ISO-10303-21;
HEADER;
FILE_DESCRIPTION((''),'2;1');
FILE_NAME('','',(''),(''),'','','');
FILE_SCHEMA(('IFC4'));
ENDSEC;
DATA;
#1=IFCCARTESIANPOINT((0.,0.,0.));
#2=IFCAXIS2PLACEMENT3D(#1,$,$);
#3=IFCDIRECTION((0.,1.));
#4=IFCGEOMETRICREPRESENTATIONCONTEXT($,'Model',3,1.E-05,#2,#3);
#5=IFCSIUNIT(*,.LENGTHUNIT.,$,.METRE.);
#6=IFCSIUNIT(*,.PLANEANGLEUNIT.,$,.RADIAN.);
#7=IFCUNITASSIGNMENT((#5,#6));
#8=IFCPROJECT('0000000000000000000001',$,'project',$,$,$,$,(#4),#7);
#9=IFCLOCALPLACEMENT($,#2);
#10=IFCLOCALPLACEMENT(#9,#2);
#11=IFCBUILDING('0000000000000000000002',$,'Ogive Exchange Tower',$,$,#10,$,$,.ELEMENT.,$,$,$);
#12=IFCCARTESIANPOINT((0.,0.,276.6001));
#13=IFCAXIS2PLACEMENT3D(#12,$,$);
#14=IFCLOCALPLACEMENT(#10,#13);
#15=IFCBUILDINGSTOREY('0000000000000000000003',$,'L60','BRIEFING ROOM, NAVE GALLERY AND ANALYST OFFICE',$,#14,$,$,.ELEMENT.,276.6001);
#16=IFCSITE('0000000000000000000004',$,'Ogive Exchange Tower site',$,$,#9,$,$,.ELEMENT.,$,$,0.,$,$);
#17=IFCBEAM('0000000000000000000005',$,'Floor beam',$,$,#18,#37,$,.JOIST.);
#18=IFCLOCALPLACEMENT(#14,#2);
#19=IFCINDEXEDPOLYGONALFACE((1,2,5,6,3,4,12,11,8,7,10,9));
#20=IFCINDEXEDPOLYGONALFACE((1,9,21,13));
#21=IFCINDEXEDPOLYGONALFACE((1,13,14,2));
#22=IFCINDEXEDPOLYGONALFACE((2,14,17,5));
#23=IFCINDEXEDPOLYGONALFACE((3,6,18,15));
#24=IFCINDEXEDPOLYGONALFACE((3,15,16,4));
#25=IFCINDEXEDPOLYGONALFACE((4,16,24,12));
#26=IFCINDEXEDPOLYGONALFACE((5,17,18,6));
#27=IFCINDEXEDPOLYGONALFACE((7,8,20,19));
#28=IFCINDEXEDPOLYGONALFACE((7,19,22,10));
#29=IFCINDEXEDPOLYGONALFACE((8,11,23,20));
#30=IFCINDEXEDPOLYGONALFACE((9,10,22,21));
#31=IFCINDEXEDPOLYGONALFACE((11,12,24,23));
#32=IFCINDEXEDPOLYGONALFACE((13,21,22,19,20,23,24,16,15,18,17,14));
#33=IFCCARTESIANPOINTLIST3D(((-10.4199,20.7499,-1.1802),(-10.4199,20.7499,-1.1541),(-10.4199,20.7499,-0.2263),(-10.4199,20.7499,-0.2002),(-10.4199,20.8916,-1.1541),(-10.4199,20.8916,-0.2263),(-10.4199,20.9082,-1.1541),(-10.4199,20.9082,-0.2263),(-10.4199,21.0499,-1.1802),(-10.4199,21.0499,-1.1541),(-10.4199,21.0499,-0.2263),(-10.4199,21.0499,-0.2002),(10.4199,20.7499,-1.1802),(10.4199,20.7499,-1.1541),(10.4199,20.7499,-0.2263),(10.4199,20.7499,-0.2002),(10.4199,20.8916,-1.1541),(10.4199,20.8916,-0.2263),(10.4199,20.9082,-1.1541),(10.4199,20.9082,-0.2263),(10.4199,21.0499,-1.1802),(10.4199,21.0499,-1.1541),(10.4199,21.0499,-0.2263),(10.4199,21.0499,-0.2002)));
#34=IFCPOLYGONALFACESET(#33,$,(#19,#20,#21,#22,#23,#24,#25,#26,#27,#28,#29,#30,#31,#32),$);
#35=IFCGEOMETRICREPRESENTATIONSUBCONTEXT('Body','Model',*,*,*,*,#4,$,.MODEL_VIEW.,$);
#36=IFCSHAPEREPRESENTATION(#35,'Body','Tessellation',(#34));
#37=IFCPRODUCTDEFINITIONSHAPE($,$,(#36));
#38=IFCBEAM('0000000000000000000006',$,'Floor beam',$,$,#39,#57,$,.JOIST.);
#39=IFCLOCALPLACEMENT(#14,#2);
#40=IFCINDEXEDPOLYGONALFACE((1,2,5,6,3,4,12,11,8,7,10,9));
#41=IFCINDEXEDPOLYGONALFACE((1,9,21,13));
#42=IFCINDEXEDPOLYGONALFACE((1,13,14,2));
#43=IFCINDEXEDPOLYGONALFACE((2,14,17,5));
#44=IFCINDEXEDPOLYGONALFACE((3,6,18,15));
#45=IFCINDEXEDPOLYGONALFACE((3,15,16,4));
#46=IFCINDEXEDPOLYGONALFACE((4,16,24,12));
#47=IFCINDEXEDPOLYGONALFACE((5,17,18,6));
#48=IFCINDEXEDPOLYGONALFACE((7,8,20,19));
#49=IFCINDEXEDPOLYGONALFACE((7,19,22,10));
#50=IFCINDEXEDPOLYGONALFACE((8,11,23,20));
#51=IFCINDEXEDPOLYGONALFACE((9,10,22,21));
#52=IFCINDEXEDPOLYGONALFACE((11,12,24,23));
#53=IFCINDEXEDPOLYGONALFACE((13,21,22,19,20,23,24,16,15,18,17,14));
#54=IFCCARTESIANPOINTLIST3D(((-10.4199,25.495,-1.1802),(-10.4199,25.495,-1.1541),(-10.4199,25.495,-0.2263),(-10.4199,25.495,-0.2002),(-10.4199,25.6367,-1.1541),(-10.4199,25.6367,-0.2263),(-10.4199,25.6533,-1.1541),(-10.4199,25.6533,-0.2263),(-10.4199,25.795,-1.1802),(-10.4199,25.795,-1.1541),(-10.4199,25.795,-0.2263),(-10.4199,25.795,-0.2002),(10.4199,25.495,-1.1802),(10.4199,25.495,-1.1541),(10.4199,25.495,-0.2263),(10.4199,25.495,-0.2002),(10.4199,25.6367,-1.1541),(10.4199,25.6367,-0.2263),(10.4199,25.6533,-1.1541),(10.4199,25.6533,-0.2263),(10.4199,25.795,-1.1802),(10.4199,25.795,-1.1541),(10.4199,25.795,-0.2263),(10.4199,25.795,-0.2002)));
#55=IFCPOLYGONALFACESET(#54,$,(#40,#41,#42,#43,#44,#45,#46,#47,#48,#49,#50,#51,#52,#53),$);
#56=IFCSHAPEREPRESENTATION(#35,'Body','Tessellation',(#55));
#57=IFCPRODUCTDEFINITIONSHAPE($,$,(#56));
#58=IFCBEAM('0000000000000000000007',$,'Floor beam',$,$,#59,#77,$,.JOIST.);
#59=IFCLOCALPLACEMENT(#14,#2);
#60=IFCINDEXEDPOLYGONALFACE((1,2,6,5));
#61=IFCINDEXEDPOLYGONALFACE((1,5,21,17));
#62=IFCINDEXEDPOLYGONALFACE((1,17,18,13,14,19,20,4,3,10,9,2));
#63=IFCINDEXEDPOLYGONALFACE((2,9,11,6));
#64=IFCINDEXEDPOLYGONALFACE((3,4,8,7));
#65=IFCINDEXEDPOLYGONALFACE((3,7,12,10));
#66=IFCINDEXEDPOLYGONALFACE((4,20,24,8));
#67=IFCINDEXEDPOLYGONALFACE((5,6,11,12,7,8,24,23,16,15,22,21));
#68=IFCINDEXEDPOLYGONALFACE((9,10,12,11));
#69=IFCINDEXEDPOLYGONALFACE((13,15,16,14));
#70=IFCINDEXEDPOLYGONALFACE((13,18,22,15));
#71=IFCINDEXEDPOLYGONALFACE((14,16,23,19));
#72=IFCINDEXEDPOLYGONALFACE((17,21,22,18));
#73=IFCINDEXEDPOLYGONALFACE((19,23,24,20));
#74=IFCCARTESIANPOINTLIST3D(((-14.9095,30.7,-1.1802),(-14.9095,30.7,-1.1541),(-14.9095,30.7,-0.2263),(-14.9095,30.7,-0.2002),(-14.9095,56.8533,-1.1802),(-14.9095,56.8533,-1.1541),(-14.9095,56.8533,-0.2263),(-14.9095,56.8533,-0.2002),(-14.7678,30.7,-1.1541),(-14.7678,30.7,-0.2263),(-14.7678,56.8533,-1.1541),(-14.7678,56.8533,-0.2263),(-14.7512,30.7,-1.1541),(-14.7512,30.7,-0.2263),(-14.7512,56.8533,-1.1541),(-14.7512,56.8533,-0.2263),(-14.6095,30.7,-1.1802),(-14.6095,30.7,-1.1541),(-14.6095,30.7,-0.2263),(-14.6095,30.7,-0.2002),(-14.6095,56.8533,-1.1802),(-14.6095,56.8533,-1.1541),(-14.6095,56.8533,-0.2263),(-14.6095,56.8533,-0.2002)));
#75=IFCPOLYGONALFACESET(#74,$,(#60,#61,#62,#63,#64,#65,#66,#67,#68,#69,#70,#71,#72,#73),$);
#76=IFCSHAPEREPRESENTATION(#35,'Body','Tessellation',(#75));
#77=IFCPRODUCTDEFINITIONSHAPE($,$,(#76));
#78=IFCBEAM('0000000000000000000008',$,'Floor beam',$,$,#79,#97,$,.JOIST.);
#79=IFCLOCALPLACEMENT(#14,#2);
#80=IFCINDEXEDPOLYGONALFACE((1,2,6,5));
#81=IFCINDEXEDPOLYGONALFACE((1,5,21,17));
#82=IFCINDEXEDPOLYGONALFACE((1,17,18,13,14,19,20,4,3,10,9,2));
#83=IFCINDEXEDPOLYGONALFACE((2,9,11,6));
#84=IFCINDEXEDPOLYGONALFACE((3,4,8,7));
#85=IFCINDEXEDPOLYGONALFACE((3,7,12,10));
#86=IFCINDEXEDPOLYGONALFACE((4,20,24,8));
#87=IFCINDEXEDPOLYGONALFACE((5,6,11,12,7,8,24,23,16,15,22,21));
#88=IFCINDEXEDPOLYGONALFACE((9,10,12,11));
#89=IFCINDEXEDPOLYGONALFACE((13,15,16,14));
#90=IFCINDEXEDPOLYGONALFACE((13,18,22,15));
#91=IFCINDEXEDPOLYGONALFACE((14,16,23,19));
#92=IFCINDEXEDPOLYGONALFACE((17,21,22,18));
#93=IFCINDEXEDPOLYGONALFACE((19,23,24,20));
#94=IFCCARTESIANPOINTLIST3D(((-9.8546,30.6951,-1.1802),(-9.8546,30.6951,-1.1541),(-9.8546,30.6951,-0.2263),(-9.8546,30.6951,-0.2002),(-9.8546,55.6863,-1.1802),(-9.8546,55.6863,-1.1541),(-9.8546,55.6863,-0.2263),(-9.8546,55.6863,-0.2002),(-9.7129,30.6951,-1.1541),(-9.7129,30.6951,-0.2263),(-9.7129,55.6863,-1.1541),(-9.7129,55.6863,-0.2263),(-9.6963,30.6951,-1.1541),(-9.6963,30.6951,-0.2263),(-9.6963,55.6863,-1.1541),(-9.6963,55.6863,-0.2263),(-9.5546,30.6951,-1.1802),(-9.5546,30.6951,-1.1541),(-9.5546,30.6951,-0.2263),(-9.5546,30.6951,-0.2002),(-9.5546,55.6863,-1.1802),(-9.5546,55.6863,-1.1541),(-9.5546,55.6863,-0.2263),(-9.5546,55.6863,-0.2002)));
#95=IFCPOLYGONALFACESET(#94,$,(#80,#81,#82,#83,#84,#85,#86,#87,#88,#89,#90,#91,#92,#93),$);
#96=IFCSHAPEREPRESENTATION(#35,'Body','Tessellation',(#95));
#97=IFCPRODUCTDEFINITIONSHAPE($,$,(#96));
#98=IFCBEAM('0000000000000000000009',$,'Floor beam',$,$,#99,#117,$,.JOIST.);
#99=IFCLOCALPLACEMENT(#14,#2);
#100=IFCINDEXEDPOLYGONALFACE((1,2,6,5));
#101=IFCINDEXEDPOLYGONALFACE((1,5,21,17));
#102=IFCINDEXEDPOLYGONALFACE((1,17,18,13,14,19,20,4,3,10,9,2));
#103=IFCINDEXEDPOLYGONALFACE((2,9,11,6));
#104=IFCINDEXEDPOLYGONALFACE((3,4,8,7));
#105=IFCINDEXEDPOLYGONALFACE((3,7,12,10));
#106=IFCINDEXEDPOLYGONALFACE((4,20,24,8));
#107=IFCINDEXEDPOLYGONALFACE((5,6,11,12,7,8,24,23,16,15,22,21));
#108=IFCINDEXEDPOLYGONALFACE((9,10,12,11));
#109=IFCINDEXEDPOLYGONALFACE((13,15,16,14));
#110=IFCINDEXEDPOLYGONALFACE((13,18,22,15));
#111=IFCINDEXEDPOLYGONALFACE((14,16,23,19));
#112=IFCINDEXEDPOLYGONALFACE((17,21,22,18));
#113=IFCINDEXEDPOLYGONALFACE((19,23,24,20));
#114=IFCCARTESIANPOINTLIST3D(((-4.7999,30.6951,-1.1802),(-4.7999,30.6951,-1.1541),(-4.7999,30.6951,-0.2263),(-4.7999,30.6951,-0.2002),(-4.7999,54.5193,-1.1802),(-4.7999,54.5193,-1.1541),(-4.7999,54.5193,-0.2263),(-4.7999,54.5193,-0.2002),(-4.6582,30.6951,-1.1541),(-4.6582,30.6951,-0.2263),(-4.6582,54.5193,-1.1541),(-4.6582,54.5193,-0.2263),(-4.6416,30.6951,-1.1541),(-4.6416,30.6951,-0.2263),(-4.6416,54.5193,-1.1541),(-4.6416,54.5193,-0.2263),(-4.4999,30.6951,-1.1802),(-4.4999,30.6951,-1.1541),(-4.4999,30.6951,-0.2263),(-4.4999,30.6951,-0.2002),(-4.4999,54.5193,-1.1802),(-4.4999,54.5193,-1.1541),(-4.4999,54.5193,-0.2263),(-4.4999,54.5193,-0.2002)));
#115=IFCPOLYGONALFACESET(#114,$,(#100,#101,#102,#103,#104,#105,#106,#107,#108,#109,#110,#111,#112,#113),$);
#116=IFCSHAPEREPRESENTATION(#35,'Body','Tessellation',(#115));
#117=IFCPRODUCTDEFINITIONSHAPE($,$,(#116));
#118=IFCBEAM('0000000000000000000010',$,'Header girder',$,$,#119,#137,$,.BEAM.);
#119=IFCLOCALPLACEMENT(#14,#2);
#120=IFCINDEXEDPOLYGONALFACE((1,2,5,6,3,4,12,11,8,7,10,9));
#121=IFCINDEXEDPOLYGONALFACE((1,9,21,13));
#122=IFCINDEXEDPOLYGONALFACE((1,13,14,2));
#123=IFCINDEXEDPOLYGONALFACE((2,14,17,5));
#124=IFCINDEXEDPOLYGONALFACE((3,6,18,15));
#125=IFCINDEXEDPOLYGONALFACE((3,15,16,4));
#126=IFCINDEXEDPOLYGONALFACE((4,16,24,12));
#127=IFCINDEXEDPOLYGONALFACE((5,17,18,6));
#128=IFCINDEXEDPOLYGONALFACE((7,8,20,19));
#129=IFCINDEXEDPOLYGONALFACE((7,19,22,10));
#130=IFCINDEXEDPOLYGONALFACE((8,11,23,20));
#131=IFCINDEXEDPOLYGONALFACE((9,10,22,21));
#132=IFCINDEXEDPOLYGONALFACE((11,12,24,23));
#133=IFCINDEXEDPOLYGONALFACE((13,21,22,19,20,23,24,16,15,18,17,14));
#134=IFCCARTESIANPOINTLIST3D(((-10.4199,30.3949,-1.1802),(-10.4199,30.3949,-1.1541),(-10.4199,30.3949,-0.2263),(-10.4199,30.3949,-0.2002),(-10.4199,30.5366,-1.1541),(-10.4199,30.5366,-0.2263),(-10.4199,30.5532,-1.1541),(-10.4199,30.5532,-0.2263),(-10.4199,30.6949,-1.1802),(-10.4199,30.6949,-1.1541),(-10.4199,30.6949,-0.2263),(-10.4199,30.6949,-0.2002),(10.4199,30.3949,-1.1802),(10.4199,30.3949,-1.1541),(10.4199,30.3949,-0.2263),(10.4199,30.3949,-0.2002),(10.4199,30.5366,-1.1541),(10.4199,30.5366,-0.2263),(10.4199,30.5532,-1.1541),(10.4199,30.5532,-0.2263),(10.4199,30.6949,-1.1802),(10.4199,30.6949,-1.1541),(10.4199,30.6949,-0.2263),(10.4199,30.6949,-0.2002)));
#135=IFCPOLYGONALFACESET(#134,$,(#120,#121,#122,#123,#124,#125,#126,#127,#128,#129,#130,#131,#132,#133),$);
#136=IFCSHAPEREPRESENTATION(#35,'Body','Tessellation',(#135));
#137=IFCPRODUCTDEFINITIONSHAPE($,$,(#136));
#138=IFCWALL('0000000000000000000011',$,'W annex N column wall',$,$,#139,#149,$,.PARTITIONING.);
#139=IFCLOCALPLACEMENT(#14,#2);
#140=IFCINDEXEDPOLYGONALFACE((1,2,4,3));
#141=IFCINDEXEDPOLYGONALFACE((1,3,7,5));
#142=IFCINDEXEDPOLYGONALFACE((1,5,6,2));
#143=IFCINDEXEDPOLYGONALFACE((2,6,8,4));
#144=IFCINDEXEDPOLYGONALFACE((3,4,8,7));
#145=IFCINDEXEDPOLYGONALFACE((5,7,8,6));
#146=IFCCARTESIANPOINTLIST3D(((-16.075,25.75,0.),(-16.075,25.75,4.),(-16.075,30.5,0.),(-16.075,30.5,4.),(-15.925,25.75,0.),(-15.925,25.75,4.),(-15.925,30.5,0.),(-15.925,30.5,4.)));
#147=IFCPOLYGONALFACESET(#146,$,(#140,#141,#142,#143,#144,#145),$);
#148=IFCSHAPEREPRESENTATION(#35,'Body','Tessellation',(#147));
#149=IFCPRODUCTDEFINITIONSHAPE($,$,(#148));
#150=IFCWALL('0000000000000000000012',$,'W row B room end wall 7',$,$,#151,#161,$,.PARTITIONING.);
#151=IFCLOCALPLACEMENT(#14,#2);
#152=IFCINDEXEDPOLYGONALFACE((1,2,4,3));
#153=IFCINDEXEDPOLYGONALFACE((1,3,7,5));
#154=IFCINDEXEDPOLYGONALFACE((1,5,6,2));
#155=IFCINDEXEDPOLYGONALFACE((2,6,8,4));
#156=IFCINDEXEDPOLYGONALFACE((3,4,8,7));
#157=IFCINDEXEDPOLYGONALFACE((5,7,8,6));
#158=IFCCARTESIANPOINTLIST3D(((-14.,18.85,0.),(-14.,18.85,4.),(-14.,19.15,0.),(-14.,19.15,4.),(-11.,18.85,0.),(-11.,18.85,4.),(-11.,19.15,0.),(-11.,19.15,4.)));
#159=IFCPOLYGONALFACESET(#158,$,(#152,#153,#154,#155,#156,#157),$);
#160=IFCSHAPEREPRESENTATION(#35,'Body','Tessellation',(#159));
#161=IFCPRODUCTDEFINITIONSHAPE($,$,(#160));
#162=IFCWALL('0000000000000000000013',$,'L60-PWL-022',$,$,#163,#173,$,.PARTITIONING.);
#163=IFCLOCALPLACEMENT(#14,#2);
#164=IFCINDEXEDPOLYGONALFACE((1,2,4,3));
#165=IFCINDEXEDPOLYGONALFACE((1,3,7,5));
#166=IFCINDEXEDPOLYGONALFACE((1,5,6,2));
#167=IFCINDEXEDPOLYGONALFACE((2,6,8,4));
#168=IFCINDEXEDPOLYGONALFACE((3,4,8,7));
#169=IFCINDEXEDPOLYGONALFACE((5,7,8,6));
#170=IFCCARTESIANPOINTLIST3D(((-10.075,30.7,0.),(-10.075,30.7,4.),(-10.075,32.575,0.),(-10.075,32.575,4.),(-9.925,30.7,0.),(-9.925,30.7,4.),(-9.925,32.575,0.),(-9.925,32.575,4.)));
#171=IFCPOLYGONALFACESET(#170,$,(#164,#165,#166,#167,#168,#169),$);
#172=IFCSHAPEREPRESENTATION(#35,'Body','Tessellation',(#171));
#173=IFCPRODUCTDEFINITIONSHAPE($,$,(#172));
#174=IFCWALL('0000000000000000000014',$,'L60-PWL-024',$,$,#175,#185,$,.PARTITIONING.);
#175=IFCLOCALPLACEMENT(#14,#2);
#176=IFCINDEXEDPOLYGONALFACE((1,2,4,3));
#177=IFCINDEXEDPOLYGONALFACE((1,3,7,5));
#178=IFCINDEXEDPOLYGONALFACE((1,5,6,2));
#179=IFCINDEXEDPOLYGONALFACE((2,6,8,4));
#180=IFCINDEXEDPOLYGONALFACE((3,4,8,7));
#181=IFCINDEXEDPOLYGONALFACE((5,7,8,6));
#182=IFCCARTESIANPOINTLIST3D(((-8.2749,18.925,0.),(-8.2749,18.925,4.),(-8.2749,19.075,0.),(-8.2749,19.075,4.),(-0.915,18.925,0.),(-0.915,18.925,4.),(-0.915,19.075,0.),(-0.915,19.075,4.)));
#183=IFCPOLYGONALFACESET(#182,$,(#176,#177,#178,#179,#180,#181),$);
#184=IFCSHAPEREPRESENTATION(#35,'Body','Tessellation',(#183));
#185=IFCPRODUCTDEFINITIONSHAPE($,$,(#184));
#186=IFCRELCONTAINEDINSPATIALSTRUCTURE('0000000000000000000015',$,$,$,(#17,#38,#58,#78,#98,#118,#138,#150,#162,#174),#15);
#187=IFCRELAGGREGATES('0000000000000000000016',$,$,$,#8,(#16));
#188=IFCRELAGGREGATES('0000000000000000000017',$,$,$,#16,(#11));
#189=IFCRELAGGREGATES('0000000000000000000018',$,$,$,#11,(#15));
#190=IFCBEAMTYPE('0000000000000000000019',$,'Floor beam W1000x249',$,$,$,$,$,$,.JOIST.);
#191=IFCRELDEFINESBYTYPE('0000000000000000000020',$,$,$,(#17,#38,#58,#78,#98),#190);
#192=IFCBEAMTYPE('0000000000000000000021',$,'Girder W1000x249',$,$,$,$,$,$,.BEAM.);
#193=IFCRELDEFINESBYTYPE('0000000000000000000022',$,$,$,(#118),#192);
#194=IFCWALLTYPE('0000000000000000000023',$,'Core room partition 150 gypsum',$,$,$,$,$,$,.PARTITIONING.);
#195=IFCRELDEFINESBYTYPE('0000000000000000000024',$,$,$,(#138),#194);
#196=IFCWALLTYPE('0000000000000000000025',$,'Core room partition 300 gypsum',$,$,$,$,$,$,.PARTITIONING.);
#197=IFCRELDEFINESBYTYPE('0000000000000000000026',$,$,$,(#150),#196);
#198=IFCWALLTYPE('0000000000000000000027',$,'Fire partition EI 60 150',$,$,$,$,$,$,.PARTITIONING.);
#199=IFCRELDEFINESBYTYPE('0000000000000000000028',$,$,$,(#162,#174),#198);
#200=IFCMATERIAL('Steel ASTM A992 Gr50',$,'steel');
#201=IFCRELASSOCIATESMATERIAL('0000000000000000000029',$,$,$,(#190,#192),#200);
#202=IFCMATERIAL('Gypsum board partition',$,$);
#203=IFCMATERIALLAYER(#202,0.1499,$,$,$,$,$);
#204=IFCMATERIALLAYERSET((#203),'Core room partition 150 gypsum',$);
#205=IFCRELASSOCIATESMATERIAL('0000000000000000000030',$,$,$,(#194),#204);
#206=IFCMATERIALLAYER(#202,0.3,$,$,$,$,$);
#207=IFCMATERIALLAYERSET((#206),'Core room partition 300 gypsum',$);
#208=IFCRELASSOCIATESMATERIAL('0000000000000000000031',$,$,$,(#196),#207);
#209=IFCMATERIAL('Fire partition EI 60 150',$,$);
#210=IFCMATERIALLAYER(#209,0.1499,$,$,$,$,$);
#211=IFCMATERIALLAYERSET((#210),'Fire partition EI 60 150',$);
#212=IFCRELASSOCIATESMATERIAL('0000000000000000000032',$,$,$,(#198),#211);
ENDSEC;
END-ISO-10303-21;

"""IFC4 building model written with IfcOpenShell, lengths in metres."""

from ifc_helpers import new_model, si_unit, direction, frame, frame_2d, origin, origin_2d, place, context, subcontext, project, spatial, rectangle, i_section, extrude, material, layer, layer_set, material_profile, profile_set, type_object, element, save


model = new_model("IFC4")

# Units and contexts
model_context = context("Model", 3, precision=1e-05, world=origin(), true_north=direction((0.0, 1.0)))
body_context = subcontext(model_context, "Body", "Model", "MODEL_VIEW")
ifc_project = project(units=[si_unit("LENGTHUNIT", "METRE"), si_unit("PLANEANGLEUNIT", "RADIAN")], contexts=[model_context])

# Site, building, storey
site_placement = place(None, origin())
site = spatial("IfcSite", under=ifc_project, at=site_placement, Name="Ogive Exchange Tower site", CompositionType="ELEMENT", RefElevation=0.0)
building_placement = place(site_placement, origin())
building = spatial("IfcBuilding", under=site, at=building_placement, Name="Ogive Exchange Tower", CompositionType="ELEMENT")
storey_placement = place(building_placement, frame((0.0, 0.0, 276.6001)))
storey = spatial("IfcBuildingStorey", under=building, at=storey_placement, Name="L60", Description="BRIEFING ROOM, NAVE GALLERY AND ANALYST OFFICE", CompositionType="ELEMENT", Elevation=276.6001)

# Beams
ifc_material_1 = material(Name="Steel ASTM A992 Gr50", Category="steel")
ifc_material_profile_1 = material_profile(ifc_material_1, i_section(OverallWidth=0.3, OverallDepth=0.98, WebThickness=0.0166, FlangeThickness=0.0261, at=origin_2d()), Name="W1000x249")
ifc_profile_set_1 = profile_set([ifc_material_profile_1], Name="Steel ASTM A992 Gr50")
beam_type_1 = type_object("IfcBeamType", Name="Floor beam W1000x249", PredefinedType="JOIST", material=ifc_profile_set_1)
for number, where, z_axis, x_axis, name in (
    (1, (-10.4199, 20.8999, -0.6902), (1.0, 0.0, 0.0), (0.0, 1.0, 0.0), "Floor beam"),
    (2, (-10.4199, 25.645, -0.6902), (1.0, 0.0, 0.0), (0.0, 1.0, 0.0), "Floor beam"),
):
    element("IfcBeam", number, at=place(storey_placement, frame(where, z_axis=z_axis, x_axis=x_axis)), inside=storey, type_object=beam_type_1, Name=name, PredefinedType="JOIST", context=body_context, shape_type="SweptSolid", body=[
        extrude(i_section(OverallWidth=0.3, OverallDepth=0.98, WebThickness=0.0166, FlangeThickness=0.0261, at=origin_2d()), origin(), (0.0, 0.0, 1.0), 20.8398),
    ])
beam_1_placement = place(storey_placement, frame((-14.7595, 30.7, -0.6902), z_axis=(0.0, 1.0, 0.0), x_axis=(-1.0, 0.0, 0.0)))
element("IfcBeam", 3, at=beam_1_placement, inside=storey, type_object=beam_type_1, Name="Floor beam", PredefinedType="JOIST", context=body_context, shape_type="SweptSolid", body=[
    extrude(i_section(OverallWidth=0.3, OverallDepth=0.98, WebThickness=0.0166, FlangeThickness=0.0261, at=origin_2d()), origin(), (0.0, 0.0, 1.0), 26.1533),
])
beam_2_placement = place(storey_placement, frame((-9.7046, 30.6951, -0.6902), z_axis=(0.0, 1.0, 0.0), x_axis=(-1.0, 0.0, 0.0)))
element("IfcBeam", 4, at=beam_2_placement, inside=storey, type_object=beam_type_1, Name="Floor beam", PredefinedType="JOIST", context=body_context, shape_type="SweptSolid", body=[
    extrude(i_section(OverallWidth=0.3, OverallDepth=0.98, WebThickness=0.0166, FlangeThickness=0.0261, at=origin_2d()), origin(), (0.0, 0.0, 1.0), 24.9912),
])
beam_3_placement = place(storey_placement, frame((-4.6499, 30.6951, -0.6902), z_axis=(0.0, 1.0, 0.0), x_axis=(-1.0, 0.0, 0.0)))
element("IfcBeam", 5, at=beam_3_placement, inside=storey, type_object=beam_type_1, Name="Floor beam", PredefinedType="JOIST", context=body_context, shape_type="SweptSolid", body=[
    extrude(i_section(OverallWidth=0.3, OverallDepth=0.98, WebThickness=0.0166, FlangeThickness=0.0261, at=origin_2d()), origin(), (0.0, 0.0, 1.0), 23.8242),
])
ifc_material_profile_2 = material_profile(ifc_material_1, i_section(OverallWidth=0.3, OverallDepth=0.98, WebThickness=0.0166, FlangeThickness=0.0261, at=origin_2d()), Name="W1000x249")
ifc_profile_set_2 = profile_set([ifc_material_profile_2], Name="Steel ASTM A992 Gr50")
beam_type_2 = type_object("IfcBeamType", Name="Girder W1000x249", PredefinedType="BEAM", material=ifc_profile_set_2)
beam_4_placement = place(storey_placement, frame((-10.4199, 30.5449, -0.6902), z_axis=(1.0, 0.0, 0.0), x_axis=(0.0, 1.0, 0.0)))
element("IfcBeam", 6, at=beam_4_placement, inside=storey, type_object=beam_type_2, Name="Header girder", PredefinedType="BEAM", context=body_context, shape_type="SweptSolid", body=[
    extrude(i_section(OverallWidth=0.3, OverallDepth=0.98, WebThickness=0.0166, FlangeThickness=0.0261, at=origin_2d()), origin(), (0.0, 0.0, 1.0), 20.8398),
])

# Walls
ifc_material_2 = material(Name="Gypsum board partition")
ifc_layer_1 = layer(ifc_material_2, 0.1499)
ifc_layer_set_1 = layer_set([ifc_layer_1], Name="Core room partition 150 gypsum")
wall_type_1 = type_object("IfcWallType", Name="Core room partition 150 gypsum", PredefinedType="PARTITIONING", material=ifc_layer_set_1)
wall_1_placement = place(storey_placement, frame((-16.0, 25.75, 0.0), z_axis=(0.0, 0.0, 1.0), x_axis=(0.0, 1.0, 0.0)))
element("IfcWall", 7, at=wall_1_placement, inside=storey, type_object=wall_type_1, Name="W annex N column wall", PredefinedType="PARTITIONING", context=body_context, shape_type="SweptSolid", body=[
    extrude(rectangle(XDim=4.75, YDim=0.1499, at=frame_2d((2.375, 0.0))), origin(), (0.0, 0.0, 1.0), 4.0),
])
ifc_layer_2 = layer(ifc_material_2, 0.3)
ifc_layer_set_2 = layer_set([ifc_layer_2], Name="Core room partition 300 gypsum")
wall_type_2 = type_object("IfcWallType", Name="Core room partition 300 gypsum", PredefinedType="PARTITIONING", material=ifc_layer_set_2)
wall_2_placement = place(storey_placement, frame((-14.0, 19.0, 0.0), z_axis=(0.0, 0.0, 1.0), x_axis=(1.0, 0.0, 0.0)))
element("IfcWall", 8, at=wall_2_placement, inside=storey, type_object=wall_type_2, Name="W row B room end wall 7", PredefinedType="PARTITIONING", context=body_context, shape_type="SweptSolid", body=[
    extrude(rectangle(XDim=3.0, YDim=0.3, at=frame_2d((1.5, 0.0))), origin(), (0.0, 0.0, 1.0), 4.0),
])
ifc_material_3 = material(Name="Fire partition EI 60 150")
ifc_layer_3 = layer(ifc_material_3, 0.1499)
ifc_layer_set_3 = layer_set([ifc_layer_3], Name="Fire partition EI 60 150")
wall_type_3 = type_object("IfcWallType", Name="Fire partition EI 60 150", PredefinedType="PARTITIONING", material=ifc_layer_set_3)
wall_3_placement = place(storey_placement, frame((-10.0, 30.7, 0.0), z_axis=(0.0, 0.0, 1.0), x_axis=(0.0, 1.0, 0.0)))
element("IfcWall", 9, at=wall_3_placement, inside=storey, type_object=wall_type_3, Name="L60-PWL-022", PredefinedType="PARTITIONING", context=body_context, shape_type="SweptSolid", body=[
    extrude(rectangle(XDim=1.875, YDim=0.1499, at=frame_2d((0.9375, 0.0))), origin(), (0.0, 0.0, 1.0), 4.0),
])
wall_4_placement = place(storey_placement, frame((-8.2749, 19.0, 0.0), z_axis=(0.0, 0.0, 1.0), x_axis=(1.0, 0.0, 0.0)))
element("IfcWall", 10, at=wall_4_placement, inside=storey, type_object=wall_type_3, Name="L60-PWL-024", PredefinedType="PARTITIONING", context=body_context, shape_type="SweptSolid", body=[
    extrude(rectangle(XDim=7.3599, YDim=0.1499, at=frame_2d((3.6799, 0.0))), origin(), (0.0, 0.0, 1.0), 4.0),
])

save(model, "model.ifc")
